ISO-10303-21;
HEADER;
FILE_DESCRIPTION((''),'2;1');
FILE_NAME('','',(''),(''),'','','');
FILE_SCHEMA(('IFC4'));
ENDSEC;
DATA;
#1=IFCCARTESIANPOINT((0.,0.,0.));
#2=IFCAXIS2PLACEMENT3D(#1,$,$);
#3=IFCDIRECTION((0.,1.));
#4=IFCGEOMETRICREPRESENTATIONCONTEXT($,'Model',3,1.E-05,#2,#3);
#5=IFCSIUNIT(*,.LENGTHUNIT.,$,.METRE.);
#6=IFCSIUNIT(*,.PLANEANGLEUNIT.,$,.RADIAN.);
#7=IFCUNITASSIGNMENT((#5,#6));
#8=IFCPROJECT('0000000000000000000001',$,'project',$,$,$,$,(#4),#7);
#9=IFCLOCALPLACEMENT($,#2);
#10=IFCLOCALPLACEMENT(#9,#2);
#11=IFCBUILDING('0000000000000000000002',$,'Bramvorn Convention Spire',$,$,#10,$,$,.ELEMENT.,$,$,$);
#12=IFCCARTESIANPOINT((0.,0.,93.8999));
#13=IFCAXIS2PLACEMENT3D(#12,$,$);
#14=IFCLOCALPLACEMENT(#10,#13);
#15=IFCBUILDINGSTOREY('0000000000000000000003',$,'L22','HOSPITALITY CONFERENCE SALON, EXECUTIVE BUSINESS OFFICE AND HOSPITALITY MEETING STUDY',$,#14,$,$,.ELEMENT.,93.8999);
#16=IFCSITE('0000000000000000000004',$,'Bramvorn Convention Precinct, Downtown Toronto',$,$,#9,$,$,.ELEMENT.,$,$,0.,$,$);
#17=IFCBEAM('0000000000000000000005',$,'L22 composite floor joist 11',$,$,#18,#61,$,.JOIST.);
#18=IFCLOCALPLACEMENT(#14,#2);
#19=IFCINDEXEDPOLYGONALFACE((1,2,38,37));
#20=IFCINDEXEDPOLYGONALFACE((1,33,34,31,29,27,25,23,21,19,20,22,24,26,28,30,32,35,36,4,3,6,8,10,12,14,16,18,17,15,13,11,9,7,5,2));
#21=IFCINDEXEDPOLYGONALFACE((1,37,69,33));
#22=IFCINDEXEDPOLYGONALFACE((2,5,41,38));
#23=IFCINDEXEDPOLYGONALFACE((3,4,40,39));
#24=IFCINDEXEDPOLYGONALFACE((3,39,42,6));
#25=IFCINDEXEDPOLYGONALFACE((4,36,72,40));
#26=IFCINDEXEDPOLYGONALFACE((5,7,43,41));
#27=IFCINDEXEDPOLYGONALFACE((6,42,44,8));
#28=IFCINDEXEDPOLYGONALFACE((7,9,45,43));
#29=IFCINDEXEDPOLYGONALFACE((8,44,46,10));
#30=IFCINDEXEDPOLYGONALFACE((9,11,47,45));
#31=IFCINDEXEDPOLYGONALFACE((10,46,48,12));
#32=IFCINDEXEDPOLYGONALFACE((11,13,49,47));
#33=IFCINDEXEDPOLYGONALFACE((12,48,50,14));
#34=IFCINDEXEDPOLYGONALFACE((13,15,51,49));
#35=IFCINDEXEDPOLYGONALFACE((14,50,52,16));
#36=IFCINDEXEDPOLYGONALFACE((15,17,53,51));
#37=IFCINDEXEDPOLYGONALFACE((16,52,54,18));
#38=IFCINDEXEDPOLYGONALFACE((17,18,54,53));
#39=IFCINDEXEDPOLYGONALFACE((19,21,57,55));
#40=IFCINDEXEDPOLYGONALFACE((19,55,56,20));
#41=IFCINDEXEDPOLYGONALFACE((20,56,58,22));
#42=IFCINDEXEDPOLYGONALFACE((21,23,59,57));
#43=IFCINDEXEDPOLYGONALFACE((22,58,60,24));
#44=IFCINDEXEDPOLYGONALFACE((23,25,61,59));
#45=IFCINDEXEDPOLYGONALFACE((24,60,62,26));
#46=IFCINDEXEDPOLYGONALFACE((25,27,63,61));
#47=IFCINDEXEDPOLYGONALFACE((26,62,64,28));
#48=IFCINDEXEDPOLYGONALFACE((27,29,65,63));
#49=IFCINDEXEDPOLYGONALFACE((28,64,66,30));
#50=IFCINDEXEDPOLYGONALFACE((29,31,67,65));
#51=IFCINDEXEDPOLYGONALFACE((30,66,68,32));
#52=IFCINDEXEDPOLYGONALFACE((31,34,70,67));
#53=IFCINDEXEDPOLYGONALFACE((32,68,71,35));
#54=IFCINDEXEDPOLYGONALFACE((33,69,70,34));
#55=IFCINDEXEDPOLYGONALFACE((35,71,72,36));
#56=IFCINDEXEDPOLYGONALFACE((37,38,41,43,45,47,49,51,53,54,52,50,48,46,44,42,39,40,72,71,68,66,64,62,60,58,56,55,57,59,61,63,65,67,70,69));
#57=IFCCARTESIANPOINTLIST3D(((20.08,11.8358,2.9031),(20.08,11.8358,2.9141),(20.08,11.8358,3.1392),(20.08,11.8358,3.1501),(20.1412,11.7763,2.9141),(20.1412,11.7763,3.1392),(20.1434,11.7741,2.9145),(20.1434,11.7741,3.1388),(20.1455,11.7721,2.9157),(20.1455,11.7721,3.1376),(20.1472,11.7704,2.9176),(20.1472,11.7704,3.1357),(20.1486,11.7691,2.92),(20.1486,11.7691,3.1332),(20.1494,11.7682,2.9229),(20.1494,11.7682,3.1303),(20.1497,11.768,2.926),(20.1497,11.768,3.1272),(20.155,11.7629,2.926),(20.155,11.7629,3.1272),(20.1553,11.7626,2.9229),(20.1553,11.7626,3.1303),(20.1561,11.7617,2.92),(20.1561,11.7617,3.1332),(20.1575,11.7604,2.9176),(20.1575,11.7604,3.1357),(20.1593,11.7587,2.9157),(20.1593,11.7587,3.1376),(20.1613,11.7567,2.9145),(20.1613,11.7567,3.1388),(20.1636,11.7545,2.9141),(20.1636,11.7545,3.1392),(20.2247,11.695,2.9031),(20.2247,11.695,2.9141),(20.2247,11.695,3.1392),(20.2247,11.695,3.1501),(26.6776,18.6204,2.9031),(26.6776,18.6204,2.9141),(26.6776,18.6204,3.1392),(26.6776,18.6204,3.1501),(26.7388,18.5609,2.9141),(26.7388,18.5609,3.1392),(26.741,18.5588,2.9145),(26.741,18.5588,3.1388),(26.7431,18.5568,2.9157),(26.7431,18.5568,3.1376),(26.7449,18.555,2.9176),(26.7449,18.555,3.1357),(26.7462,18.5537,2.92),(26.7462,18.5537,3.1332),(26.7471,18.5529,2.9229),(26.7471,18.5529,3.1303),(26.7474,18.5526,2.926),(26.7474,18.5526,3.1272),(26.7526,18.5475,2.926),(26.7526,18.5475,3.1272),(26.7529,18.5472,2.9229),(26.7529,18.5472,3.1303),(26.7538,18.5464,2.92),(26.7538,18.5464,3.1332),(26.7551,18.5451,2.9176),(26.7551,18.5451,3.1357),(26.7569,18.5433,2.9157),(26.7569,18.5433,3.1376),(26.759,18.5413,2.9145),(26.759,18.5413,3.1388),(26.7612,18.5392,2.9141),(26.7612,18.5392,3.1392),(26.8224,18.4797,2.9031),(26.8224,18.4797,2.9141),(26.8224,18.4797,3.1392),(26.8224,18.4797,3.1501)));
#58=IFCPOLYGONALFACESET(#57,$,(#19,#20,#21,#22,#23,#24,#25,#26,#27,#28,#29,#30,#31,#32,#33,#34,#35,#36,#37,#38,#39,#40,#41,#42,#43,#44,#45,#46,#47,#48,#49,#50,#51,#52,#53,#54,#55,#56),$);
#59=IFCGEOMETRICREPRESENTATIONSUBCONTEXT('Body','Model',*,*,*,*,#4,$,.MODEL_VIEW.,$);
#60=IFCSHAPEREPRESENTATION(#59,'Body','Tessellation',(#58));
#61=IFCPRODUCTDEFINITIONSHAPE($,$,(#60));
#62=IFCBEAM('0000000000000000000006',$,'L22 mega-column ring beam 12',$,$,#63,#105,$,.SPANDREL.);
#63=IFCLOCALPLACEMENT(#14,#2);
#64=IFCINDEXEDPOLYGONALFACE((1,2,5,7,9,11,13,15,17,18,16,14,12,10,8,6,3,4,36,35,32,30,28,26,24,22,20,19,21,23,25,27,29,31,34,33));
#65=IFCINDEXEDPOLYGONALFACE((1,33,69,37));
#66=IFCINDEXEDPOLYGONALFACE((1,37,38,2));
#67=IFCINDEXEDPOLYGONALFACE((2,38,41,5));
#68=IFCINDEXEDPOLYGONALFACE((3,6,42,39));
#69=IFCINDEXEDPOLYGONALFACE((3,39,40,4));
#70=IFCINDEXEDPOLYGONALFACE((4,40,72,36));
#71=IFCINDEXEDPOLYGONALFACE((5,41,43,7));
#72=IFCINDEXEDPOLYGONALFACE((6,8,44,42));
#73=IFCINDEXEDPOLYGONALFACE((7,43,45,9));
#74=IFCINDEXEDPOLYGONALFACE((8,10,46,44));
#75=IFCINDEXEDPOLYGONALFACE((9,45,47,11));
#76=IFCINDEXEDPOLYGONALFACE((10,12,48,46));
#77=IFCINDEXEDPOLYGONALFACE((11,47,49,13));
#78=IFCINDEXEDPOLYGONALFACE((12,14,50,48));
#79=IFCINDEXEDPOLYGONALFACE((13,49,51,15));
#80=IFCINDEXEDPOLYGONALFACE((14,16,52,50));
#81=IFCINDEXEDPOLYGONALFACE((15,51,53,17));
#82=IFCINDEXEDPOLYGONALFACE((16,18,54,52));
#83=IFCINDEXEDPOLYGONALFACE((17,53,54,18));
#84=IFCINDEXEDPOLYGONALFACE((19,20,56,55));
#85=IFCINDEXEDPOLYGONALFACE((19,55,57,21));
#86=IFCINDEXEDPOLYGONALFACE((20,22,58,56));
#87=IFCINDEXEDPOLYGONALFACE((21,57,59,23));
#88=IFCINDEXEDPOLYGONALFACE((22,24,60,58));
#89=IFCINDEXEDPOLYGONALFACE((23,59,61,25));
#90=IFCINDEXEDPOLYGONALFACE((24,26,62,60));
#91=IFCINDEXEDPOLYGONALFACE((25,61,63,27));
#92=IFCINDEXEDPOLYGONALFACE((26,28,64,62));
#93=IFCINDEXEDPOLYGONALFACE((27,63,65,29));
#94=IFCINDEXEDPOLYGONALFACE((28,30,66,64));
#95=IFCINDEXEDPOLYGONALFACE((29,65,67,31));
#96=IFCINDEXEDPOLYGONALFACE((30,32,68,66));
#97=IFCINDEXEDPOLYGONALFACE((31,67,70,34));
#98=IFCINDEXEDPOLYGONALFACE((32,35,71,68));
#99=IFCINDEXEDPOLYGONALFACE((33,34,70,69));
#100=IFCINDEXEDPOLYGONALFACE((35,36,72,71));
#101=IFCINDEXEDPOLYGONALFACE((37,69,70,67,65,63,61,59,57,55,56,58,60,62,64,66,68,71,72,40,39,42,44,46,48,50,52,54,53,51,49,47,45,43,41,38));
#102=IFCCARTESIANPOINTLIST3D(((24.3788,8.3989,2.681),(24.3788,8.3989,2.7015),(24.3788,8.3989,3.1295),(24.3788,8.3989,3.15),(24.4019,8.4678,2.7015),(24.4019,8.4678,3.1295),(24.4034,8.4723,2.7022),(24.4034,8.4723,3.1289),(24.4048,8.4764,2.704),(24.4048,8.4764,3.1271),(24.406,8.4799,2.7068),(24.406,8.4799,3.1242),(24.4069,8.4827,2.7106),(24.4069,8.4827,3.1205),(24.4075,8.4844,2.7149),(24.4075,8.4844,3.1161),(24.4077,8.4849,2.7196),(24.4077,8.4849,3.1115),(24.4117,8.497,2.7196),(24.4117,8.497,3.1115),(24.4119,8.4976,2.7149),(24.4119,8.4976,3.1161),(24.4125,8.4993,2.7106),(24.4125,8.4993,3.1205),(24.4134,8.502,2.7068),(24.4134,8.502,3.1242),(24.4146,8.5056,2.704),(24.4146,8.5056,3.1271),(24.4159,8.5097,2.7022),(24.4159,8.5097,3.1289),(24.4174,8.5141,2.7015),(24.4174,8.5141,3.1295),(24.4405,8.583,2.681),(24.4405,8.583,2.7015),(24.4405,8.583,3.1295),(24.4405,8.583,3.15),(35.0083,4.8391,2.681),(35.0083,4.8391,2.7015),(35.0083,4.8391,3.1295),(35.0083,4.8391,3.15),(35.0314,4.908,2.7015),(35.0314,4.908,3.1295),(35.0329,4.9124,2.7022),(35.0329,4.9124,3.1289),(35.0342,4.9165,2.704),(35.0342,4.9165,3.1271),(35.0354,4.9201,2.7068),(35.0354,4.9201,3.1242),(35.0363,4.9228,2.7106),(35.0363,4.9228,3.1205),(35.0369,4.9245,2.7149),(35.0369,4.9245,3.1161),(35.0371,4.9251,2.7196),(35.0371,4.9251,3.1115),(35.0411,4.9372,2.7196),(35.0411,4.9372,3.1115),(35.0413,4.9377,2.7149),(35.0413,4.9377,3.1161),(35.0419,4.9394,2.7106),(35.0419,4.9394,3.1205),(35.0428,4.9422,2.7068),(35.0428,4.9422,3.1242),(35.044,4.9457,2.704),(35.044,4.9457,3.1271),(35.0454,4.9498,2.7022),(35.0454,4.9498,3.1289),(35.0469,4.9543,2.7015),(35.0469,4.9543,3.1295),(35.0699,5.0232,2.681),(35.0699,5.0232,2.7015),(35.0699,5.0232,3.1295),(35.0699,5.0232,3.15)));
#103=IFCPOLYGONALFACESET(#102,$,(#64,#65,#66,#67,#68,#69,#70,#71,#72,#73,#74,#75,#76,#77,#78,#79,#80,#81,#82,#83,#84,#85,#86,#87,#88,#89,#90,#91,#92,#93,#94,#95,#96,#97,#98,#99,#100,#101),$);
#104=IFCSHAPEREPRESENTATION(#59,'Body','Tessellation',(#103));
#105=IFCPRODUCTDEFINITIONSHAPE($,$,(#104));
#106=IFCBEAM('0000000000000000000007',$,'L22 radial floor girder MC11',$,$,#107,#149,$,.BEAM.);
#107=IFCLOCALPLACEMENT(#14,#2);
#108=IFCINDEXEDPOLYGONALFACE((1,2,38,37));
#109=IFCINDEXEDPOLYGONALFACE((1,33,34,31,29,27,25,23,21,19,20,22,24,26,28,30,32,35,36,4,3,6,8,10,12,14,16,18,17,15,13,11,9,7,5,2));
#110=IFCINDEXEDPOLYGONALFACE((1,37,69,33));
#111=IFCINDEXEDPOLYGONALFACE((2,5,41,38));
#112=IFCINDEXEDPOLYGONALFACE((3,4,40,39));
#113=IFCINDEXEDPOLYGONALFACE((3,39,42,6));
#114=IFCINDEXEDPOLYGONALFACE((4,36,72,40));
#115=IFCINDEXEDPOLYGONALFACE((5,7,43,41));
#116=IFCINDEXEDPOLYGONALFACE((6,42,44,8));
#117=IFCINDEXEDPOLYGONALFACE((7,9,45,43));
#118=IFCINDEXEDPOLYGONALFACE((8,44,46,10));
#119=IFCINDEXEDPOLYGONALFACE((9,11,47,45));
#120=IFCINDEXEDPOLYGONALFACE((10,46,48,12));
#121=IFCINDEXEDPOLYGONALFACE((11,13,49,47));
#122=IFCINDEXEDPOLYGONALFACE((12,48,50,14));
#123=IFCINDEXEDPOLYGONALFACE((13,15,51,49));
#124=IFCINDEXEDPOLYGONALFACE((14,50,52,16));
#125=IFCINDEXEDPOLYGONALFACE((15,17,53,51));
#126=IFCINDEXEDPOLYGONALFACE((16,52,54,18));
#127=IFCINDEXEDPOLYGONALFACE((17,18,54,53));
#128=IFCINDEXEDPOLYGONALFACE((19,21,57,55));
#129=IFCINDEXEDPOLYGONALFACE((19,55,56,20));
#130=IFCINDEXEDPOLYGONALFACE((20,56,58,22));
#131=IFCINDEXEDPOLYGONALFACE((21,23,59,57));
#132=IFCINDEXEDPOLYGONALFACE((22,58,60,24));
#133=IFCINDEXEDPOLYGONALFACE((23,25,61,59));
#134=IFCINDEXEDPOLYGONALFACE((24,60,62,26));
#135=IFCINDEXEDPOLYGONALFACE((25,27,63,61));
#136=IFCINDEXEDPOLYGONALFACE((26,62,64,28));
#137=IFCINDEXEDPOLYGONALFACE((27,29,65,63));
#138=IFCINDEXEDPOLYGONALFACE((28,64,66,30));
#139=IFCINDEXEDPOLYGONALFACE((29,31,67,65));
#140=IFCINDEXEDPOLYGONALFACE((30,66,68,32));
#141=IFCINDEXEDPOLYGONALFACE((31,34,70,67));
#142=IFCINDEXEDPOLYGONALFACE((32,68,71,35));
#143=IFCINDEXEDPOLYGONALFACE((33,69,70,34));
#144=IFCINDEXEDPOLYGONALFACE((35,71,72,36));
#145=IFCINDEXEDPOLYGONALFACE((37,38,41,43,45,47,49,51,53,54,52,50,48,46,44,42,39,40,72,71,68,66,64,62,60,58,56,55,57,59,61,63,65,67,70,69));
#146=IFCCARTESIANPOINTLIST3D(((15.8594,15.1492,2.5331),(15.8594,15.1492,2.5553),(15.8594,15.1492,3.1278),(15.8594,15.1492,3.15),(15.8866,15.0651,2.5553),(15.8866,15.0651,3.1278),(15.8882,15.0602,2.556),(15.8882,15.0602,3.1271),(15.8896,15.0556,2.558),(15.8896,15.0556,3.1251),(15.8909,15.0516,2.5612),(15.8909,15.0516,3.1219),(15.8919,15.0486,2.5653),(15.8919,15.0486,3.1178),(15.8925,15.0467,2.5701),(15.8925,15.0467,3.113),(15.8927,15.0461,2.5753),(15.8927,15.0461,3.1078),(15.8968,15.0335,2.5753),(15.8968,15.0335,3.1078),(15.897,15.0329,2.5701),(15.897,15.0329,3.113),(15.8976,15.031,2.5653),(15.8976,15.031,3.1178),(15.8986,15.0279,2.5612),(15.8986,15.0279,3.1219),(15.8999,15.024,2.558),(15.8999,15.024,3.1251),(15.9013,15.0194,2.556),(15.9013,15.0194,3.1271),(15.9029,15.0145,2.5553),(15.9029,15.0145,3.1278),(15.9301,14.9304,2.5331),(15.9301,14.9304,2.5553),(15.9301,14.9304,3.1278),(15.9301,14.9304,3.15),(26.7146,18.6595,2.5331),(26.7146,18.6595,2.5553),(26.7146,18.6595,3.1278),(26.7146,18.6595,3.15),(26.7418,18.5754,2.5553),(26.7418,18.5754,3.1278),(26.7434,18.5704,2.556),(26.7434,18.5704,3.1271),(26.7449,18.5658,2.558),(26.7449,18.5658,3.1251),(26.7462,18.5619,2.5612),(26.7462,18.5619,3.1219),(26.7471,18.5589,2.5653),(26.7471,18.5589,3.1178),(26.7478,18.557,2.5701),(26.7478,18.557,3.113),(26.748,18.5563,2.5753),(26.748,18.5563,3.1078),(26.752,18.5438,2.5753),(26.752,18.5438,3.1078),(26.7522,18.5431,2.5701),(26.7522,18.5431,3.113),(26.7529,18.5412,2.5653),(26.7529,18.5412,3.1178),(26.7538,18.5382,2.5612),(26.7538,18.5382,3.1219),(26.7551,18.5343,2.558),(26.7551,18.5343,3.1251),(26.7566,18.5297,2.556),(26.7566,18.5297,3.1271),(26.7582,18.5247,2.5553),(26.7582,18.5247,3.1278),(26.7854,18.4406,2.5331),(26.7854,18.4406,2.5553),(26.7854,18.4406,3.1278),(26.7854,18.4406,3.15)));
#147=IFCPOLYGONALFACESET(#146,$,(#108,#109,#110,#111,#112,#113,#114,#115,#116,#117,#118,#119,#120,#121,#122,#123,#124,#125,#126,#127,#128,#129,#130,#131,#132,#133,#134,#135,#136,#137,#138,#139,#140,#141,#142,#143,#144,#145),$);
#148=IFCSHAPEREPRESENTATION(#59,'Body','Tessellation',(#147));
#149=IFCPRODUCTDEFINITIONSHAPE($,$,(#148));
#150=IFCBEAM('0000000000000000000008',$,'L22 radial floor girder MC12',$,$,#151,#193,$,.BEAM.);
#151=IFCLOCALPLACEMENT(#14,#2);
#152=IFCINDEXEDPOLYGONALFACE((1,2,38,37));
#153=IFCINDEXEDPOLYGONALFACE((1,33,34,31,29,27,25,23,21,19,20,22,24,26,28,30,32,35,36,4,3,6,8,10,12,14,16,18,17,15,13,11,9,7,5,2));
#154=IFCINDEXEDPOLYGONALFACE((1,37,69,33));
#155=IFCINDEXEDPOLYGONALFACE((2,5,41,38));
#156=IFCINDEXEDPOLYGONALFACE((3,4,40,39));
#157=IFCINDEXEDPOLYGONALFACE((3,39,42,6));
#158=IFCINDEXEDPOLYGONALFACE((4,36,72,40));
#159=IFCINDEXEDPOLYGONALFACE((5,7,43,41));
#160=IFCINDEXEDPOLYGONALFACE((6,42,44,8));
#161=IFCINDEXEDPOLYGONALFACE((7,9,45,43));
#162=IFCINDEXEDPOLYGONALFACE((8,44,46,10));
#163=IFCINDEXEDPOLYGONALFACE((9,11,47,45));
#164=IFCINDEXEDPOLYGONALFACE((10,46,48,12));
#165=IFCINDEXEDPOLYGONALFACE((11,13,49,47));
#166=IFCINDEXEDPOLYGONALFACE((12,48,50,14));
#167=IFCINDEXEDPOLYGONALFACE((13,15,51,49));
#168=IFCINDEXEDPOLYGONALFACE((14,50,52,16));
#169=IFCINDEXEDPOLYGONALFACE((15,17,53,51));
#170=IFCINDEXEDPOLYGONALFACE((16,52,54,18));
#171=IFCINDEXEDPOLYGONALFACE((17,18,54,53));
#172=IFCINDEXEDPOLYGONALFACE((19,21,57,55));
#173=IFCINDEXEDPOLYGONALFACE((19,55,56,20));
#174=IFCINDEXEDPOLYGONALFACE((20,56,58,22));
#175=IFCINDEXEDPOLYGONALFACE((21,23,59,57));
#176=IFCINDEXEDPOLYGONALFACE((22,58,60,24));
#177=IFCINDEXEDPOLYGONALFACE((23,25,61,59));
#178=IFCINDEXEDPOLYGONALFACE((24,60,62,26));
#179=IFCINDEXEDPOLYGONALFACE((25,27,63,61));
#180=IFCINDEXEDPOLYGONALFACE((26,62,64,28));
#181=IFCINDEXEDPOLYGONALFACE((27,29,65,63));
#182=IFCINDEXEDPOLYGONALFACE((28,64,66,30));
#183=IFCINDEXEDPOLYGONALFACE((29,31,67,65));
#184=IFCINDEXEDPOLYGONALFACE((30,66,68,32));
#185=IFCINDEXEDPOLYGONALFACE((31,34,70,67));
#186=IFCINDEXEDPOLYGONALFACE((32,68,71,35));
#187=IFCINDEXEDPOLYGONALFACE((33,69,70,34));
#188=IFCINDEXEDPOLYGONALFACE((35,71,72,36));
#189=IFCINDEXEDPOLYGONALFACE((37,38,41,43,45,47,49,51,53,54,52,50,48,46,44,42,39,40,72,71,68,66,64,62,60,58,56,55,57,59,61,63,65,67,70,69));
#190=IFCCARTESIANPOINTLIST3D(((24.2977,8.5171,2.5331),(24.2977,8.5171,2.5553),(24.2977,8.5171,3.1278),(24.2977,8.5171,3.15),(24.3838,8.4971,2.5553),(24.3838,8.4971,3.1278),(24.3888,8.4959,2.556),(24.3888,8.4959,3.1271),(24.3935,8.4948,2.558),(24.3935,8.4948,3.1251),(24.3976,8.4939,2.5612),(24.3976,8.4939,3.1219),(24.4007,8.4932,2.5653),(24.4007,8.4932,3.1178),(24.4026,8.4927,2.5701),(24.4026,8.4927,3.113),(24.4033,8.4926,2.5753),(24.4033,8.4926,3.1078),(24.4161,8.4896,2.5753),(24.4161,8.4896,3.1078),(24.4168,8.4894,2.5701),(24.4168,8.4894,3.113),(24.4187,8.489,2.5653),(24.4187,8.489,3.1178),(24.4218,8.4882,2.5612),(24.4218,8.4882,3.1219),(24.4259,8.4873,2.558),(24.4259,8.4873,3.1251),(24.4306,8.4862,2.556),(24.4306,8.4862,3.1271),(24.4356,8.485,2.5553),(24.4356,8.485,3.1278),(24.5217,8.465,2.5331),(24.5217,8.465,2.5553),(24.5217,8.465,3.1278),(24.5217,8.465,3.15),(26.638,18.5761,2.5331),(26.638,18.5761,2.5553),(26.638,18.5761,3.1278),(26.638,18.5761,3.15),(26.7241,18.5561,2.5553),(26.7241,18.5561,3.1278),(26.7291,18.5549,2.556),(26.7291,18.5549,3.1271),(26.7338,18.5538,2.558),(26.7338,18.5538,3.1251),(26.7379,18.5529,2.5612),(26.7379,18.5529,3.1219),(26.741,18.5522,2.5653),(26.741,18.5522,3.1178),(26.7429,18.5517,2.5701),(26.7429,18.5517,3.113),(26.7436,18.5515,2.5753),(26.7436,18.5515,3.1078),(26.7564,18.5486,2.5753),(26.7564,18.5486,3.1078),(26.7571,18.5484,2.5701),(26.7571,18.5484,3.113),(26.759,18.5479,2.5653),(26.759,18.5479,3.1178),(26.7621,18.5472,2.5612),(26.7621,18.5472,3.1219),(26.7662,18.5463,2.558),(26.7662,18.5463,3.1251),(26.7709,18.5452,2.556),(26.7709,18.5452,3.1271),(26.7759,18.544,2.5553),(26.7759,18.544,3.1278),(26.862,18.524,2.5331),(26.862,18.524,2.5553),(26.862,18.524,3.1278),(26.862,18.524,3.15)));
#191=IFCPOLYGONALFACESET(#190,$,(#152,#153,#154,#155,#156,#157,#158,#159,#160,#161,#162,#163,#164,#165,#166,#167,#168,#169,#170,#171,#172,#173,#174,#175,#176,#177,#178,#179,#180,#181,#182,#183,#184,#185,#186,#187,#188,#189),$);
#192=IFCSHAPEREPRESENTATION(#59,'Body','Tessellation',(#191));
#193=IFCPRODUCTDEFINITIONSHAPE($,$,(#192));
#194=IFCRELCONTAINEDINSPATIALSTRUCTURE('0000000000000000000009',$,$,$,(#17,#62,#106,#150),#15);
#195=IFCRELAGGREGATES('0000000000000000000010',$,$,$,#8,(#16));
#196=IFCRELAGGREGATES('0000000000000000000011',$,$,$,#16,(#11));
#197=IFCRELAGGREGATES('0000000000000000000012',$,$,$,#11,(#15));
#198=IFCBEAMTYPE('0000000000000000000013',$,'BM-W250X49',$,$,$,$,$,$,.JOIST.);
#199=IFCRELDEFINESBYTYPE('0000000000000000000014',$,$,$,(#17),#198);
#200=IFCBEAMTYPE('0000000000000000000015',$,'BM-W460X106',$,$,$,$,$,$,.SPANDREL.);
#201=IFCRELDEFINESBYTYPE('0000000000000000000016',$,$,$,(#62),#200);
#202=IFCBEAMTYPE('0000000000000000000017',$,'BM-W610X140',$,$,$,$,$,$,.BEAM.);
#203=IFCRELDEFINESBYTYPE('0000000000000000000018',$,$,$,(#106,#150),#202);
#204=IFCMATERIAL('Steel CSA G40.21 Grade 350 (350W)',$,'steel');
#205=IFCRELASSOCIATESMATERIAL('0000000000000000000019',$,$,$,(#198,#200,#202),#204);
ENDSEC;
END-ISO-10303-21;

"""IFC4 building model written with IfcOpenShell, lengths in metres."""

from ifc_helpers import new_model, si_unit, direction, frame, origin, origin_2d, place, context, subcontext, project, spatial, i_section, extrude, material, material_profile, profile_set, type_object, element, save


model = new_model("IFC4")

# Units and contexts
model_context = context("Model", 3, precision=1e-05, world=origin(), true_north=direction((0.0, 1.0)))
body_context = subcontext(model_context, "Body", "Model", "MODEL_VIEW")
ifc_project = project(units=[si_unit("LENGTHUNIT", "METRE"), si_unit("PLANEANGLEUNIT", "RADIAN")], contexts=[model_context])

# Site, building, storey
site_placement = place(None, origin())
site = spatial("IfcSite", under=ifc_project, at=site_placement, Name="Bramvorn Convention Precinct, Downtown Toronto", CompositionType="ELEMENT", RefElevation=0.0)
building_placement = place(site_placement, origin())
building = spatial("IfcBuilding", under=site, at=building_placement, Name="Bramvorn Convention Spire", CompositionType="ELEMENT")
storey_placement = place(building_placement, frame((0.0, 0.0, 93.8999)))
storey = spatial("IfcBuildingStorey", under=building, at=storey_placement, Name="L22", Description="HOSPITALITY CONFERENCE SALON, EXECUTIVE BUSINESS OFFICE AND HOSPITALITY MEETING STUDY", CompositionType="ELEMENT", Elevation=93.8999)

# Beams
ifc_material_1 = material(Name="Steel CSA G40.21 Grade 350 (350W)", Category="steel")
ifc_material_profile_1 = material_profile(ifc_material_1, i_section(OverallWidth=0.2019, OverallDepth=0.2471, WebThickness=0.0073, FlangeThickness=0.011, FilletRadius=0.012, at=origin_2d()))
ifc_profile_set_1 = profile_set([ifc_material_profile_1], Name="Steel CSA G40.21 Grade 350 (350W) - W250X49")
beam_type_1 = type_object("IfcBeamType", Name="BM-W250X49", PredefinedType="JOIST", material=ifc_profile_set_1)
beam_1_placement = place(storey_placement, frame((26.75, 18.55, 3.0266), z_axis=(-0.697157, -0.716918, 0.0), x_axis=(0.716918, -0.697157, 0.0)))
element("IfcBeam", 1, at=beam_1_placement, inside=storey, type_object=beam_type_1, Name="L22 composite floor joist 11", PredefinedType="JOIST", context=body_context, shape_type="SweptSolid", body=[
    extrude(i_section(OverallWidth=0.2019, OverallDepth=0.2471, WebThickness=0.0073, FlangeThickness=0.011, FilletRadius=0.012, at=origin_2d()), origin(), (0.0, 0.0, 1.0), 9.4636),
])
ifc_material_profile_2 = material_profile(ifc_material_1, i_section(OverallWidth=0.1941, OverallDepth=0.469, WebThickness=0.0127, FlangeThickness=0.0205, FilletRadius=0.0181, at=origin_2d()))
ifc_profile_set_2 = profile_set([ifc_material_profile_2], Name="Steel CSA G40.21 Grade 350 (350W) - W460X106")
beam_type_2 = type_object("IfcBeamType", Name="BM-W460X106", PredefinedType="SPANDREL", material=ifc_profile_set_2)
beam_2_placement = place(storey_placement, frame((24.4097, 8.491, 2.9155), z_axis=(0.948236, -0.317567, 0.0), x_axis=(0.317567, 0.948236, 0.0)))
element("IfcBeam", 2, at=beam_2_placement, inside=storey, type_object=beam_type_2, Name="L22 mega-column ring beam 12", PredefinedType="SPANDREL", context=body_context, shape_type="SweptSolid", body=[
    extrude(i_section(OverallWidth=0.1941, OverallDepth=0.469, WebThickness=0.0127, FlangeThickness=0.0205, FilletRadius=0.0181, at=origin_2d()), origin(), (0.0, 0.0, 1.0), 11.2097),
])
ifc_material_profile_3 = material_profile(ifc_material_1, i_section(OverallWidth=0.23, OverallDepth=0.6169, WebThickness=0.0132, FlangeThickness=0.0222, FilletRadius=0.02, at=origin_2d()))
ifc_profile_set_3 = profile_set([ifc_material_profile_3], Name="Steel CSA G40.21 Grade 350 (350W) - W610X140")
beam_type_3 = type_object("IfcBeamType", Name="BM-W610X140", PredefinedType="BEAM", material=ifc_profile_set_3)
beam_3_placement = place(storey_placement, frame((26.75, 18.55, 2.8416), z_axis=(-0.951489, -0.307683, 0.0), x_axis=(0.307683, -0.951489, 0.0)))
element("IfcBeam", 3, at=beam_3_placement, inside=storey, type_object=beam_type_3, Name="L22 radial floor girder MC11", PredefinedType="BEAM", context=body_context, shape_type="SweptSolid", body=[
    extrude(i_section(OverallWidth=0.23, OverallDepth=0.6169, WebThickness=0.0132, FlangeThickness=0.0222, FilletRadius=0.02, at=origin_2d()), origin(), (0.0, 0.0, 1.0), 11.4087),
])
beam_4_placement = place(storey_placement, frame((26.75, 18.55, 2.8416), z_axis=(-0.226606, -0.973986, 0.0), x_axis=(0.973986, -0.226606, 0.0)))
element("IfcBeam", 4, at=beam_4_placement, inside=storey, type_object=beam_type_3, Name="L22 radial floor girder MC12", PredefinedType="BEAM", context=body_context, shape_type="SweptSolid", body=[
    extrude(i_section(OverallWidth=0.23, OverallDepth=0.6169, WebThickness=0.0132, FlangeThickness=0.0222, FilletRadius=0.02, at=origin_2d()), origin(), (0.0, 0.0, 1.0), 10.3276),
])

save(model, "model.ifc")
